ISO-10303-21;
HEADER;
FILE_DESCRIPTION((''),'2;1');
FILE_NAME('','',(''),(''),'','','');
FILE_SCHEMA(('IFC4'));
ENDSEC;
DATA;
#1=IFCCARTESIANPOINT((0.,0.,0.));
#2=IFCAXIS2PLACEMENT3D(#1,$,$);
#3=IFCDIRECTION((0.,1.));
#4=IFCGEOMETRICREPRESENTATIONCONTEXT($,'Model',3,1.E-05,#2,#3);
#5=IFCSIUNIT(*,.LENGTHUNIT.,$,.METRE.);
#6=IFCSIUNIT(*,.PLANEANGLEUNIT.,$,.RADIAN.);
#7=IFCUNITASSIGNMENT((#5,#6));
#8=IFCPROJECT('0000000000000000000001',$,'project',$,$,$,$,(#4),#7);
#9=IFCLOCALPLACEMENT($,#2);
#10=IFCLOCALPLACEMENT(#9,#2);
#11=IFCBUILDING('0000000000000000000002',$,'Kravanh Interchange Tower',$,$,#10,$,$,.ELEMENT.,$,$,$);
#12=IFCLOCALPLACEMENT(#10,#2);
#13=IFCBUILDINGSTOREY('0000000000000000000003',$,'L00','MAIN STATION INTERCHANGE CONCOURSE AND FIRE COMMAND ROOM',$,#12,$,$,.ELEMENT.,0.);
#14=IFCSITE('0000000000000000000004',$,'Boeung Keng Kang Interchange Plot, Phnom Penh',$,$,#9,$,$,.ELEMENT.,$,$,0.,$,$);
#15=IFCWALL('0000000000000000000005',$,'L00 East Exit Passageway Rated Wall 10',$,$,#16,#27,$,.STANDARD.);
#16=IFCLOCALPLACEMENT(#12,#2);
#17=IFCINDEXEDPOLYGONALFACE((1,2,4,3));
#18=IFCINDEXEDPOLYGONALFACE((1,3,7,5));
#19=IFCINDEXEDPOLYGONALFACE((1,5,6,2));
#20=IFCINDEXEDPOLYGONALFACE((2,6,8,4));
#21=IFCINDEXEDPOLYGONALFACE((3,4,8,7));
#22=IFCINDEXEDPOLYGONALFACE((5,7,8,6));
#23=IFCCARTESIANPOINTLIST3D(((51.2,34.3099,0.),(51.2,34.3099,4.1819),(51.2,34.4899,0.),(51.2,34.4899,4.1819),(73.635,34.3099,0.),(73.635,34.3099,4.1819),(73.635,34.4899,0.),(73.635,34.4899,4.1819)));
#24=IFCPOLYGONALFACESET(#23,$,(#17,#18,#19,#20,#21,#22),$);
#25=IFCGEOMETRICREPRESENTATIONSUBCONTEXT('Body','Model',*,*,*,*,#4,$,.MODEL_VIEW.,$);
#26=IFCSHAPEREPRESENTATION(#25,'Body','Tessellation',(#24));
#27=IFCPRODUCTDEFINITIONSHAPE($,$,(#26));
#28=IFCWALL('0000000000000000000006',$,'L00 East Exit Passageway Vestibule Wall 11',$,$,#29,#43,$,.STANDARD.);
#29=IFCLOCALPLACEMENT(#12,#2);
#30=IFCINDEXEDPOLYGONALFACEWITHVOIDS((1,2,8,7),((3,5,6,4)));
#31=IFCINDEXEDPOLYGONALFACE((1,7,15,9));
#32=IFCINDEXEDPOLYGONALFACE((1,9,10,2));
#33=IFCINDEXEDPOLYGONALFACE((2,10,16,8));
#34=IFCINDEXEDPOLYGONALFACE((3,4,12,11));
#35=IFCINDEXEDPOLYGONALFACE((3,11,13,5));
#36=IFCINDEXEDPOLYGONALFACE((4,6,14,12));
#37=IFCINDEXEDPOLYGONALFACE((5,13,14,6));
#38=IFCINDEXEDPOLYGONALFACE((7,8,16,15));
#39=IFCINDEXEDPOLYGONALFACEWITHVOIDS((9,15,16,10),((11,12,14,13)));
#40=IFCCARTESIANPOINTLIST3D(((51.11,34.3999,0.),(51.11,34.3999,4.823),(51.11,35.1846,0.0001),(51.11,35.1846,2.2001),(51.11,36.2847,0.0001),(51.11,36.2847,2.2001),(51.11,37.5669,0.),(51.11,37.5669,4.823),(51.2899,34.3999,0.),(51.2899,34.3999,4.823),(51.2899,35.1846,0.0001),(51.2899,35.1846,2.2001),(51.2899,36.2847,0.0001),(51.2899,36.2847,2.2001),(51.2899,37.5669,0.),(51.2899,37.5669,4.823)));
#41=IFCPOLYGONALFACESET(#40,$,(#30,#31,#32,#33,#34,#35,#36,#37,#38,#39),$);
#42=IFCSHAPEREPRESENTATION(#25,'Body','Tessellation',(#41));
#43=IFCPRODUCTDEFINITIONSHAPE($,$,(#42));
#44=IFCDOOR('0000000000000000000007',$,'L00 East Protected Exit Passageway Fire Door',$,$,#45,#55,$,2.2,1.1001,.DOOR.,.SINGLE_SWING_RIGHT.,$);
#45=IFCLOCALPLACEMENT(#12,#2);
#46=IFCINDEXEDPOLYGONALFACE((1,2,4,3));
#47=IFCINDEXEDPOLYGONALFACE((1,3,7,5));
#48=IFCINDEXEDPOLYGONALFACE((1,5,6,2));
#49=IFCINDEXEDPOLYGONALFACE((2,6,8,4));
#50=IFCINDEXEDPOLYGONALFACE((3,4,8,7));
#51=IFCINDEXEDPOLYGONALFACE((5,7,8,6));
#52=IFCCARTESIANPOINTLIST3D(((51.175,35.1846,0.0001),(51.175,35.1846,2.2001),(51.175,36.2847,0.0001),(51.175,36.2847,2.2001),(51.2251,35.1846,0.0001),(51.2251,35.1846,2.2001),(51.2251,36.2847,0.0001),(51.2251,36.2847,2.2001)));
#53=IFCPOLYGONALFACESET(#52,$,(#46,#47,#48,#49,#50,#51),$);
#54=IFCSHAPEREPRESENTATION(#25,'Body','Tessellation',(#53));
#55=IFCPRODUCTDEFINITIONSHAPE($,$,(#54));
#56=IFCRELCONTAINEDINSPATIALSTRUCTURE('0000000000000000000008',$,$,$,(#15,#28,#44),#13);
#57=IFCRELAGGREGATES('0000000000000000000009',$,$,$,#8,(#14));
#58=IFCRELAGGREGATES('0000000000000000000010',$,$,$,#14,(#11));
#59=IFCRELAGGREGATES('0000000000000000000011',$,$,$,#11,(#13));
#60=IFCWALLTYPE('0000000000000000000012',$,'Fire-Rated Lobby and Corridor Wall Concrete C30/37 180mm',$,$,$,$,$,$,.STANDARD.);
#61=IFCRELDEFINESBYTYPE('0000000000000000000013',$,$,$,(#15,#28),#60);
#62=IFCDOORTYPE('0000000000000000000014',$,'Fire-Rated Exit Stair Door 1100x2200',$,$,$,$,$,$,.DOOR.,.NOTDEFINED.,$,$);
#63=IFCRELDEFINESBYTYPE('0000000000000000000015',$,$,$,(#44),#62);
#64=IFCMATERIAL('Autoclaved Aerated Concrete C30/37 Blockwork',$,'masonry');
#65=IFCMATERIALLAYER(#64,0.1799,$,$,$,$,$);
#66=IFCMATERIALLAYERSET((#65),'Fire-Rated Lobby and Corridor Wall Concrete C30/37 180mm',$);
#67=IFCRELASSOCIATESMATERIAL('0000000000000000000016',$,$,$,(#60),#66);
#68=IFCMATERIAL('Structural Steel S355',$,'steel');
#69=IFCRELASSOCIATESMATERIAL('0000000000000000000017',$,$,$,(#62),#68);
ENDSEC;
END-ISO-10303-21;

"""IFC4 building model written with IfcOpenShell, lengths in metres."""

from ifc_helpers import new_model, si_unit, direction, frame, frame_2d, origin, place, context, subcontext, project, spatial, rectangle, extrude, material, layer, layer_set, type_object, element, fill, save


model = new_model("IFC4")

# Units and contexts
model_context = context("Model", 3, precision=1e-05, world=origin(), true_north=direction((0.0, 1.0)))
body_context = subcontext(model_context, "Body", "Model", "MODEL_VIEW")
ifc_project = project(units=[si_unit("LENGTHUNIT", "METRE"), si_unit("PLANEANGLEUNIT", "RADIAN")], contexts=[model_context])

# Site, building, storey
site_placement = place(None, origin())
site = spatial("IfcSite", under=ifc_project, at=site_placement, Name="Boeung Keng Kang Interchange Plot, Phnom Penh", CompositionType="ELEMENT", RefElevation=0.0)
building_placement = place(site_placement, origin())
building = spatial("IfcBuilding", under=site, at=building_placement, Name="Kravanh Interchange Tower", CompositionType="ELEMENT")
storey_placement = place(building_placement, origin())
storey = spatial("IfcBuildingStorey", under=building, at=storey_placement, Name="L00", Description="MAIN STATION INTERCHANGE CONCOURSE AND FIRE COMMAND ROOM", CompositionType="ELEMENT", Elevation=0.0)

# Wall
ifc_material_1 = material(Name="Autoclaved Aerated Concrete C30/37 Blockwork", Category="masonry")
ifc_layer = layer(ifc_material_1, 0.1799)
ifc_layer_set = layer_set([ifc_layer], Name="Fire-Rated Lobby and Corridor Wall Concrete C30/37 180mm")
wall_type = type_object("IfcWallType", Name="Fire-Rated Lobby and Corridor Wall Concrete C30/37 180mm", PredefinedType="STANDARD", material=ifc_layer_set)
wall_1_placement = place(storey_placement, frame((51.2, 34.3999, 0.0), z_axis=(0.0, 0.0, 1.0), x_axis=(1.0, 0.0, 0.0)))
element("IfcWall", 1, at=wall_1_placement, inside=storey, type_object=wall_type, Name="L00 East Exit Passageway Rated Wall 10", PredefinedType="STANDARD", context=body_context, shape_type="SweptSolid", body=[
    extrude(rectangle(XDim=22.4351, YDim=0.1799, at=frame_2d((11.2175, 0.0))), origin(), (0.0, 0.0, 1.0), 4.1819),
])

# Wall, opening, door
wall_2_placement = place(storey_placement, frame((51.2, 34.3999, 0.0), z_axis=(0.0, 0.0, 1.0), x_axis=(0.0, 1.0, 0.0)))
wall_2 = element("IfcWall", 2, at=wall_2_placement, inside=storey, type_object=wall_type, Name="L00 East Exit Passageway Vestibule Wall 11", PredefinedType="STANDARD", context=body_context, shape_type="SweptSolid", body=[
    extrude(rectangle(XDim=3.167, YDim=0.1799, at=frame_2d((1.5835, 0.0))), origin(), (0.0, 0.0, 1.0), 4.823),
])
opening_placement = place(wall_2_placement, frame((0.7847, 0.0, 0.0)))
opening = element("IfcOpeningElement", 3, at=opening_placement, cuts=wall_2, PredefinedType="OPENING", context=body_context, shape_type="SweptSolid", body=[
    extrude(rectangle(XDim=1.1001, YDim=2.2, at=frame_2d((0.55, 1.1001))), frame((0.0, 0.1001, 0.0), z_axis=(0.0, -1.0, 0.0), x_axis=(1.0, 0.0, 0.0)), (0.0, 0.0, 1.0), 0.2),
])
ifc_material_2 = material(Name="Structural Steel S355", Category="steel")
door_type = type_object("IfcDoorType", Name="Fire-Rated Exit Stair Door 1100x2200", OperationType="NOTDEFINED", PredefinedType="DOOR", material=ifc_material_2)
door_placement = place(opening_placement, origin())
door = element("IfcDoor", 4, at=door_placement, inside=storey, type_object=door_type, Name="L00 East Protected Exit Passageway Fire Door", OperationType="SINGLE_SWING_RIGHT", OverallHeight=2.2, OverallWidth=1.1001, PredefinedType="DOOR", context=body_context, shape_type="SweptSolid", body=[
    extrude(rectangle(XDim=1.1001, YDim=2.2, at=frame_2d((0.55, 1.1001))), frame((0.0, 0.0249, 0.0), z_axis=(0.0, -1.0, 0.0), x_axis=(1.0, 0.0, 0.0)), (0.0, 0.0, 1.0), 0.05),
])
fill(opening, door)

save(model, "model.ifc")
